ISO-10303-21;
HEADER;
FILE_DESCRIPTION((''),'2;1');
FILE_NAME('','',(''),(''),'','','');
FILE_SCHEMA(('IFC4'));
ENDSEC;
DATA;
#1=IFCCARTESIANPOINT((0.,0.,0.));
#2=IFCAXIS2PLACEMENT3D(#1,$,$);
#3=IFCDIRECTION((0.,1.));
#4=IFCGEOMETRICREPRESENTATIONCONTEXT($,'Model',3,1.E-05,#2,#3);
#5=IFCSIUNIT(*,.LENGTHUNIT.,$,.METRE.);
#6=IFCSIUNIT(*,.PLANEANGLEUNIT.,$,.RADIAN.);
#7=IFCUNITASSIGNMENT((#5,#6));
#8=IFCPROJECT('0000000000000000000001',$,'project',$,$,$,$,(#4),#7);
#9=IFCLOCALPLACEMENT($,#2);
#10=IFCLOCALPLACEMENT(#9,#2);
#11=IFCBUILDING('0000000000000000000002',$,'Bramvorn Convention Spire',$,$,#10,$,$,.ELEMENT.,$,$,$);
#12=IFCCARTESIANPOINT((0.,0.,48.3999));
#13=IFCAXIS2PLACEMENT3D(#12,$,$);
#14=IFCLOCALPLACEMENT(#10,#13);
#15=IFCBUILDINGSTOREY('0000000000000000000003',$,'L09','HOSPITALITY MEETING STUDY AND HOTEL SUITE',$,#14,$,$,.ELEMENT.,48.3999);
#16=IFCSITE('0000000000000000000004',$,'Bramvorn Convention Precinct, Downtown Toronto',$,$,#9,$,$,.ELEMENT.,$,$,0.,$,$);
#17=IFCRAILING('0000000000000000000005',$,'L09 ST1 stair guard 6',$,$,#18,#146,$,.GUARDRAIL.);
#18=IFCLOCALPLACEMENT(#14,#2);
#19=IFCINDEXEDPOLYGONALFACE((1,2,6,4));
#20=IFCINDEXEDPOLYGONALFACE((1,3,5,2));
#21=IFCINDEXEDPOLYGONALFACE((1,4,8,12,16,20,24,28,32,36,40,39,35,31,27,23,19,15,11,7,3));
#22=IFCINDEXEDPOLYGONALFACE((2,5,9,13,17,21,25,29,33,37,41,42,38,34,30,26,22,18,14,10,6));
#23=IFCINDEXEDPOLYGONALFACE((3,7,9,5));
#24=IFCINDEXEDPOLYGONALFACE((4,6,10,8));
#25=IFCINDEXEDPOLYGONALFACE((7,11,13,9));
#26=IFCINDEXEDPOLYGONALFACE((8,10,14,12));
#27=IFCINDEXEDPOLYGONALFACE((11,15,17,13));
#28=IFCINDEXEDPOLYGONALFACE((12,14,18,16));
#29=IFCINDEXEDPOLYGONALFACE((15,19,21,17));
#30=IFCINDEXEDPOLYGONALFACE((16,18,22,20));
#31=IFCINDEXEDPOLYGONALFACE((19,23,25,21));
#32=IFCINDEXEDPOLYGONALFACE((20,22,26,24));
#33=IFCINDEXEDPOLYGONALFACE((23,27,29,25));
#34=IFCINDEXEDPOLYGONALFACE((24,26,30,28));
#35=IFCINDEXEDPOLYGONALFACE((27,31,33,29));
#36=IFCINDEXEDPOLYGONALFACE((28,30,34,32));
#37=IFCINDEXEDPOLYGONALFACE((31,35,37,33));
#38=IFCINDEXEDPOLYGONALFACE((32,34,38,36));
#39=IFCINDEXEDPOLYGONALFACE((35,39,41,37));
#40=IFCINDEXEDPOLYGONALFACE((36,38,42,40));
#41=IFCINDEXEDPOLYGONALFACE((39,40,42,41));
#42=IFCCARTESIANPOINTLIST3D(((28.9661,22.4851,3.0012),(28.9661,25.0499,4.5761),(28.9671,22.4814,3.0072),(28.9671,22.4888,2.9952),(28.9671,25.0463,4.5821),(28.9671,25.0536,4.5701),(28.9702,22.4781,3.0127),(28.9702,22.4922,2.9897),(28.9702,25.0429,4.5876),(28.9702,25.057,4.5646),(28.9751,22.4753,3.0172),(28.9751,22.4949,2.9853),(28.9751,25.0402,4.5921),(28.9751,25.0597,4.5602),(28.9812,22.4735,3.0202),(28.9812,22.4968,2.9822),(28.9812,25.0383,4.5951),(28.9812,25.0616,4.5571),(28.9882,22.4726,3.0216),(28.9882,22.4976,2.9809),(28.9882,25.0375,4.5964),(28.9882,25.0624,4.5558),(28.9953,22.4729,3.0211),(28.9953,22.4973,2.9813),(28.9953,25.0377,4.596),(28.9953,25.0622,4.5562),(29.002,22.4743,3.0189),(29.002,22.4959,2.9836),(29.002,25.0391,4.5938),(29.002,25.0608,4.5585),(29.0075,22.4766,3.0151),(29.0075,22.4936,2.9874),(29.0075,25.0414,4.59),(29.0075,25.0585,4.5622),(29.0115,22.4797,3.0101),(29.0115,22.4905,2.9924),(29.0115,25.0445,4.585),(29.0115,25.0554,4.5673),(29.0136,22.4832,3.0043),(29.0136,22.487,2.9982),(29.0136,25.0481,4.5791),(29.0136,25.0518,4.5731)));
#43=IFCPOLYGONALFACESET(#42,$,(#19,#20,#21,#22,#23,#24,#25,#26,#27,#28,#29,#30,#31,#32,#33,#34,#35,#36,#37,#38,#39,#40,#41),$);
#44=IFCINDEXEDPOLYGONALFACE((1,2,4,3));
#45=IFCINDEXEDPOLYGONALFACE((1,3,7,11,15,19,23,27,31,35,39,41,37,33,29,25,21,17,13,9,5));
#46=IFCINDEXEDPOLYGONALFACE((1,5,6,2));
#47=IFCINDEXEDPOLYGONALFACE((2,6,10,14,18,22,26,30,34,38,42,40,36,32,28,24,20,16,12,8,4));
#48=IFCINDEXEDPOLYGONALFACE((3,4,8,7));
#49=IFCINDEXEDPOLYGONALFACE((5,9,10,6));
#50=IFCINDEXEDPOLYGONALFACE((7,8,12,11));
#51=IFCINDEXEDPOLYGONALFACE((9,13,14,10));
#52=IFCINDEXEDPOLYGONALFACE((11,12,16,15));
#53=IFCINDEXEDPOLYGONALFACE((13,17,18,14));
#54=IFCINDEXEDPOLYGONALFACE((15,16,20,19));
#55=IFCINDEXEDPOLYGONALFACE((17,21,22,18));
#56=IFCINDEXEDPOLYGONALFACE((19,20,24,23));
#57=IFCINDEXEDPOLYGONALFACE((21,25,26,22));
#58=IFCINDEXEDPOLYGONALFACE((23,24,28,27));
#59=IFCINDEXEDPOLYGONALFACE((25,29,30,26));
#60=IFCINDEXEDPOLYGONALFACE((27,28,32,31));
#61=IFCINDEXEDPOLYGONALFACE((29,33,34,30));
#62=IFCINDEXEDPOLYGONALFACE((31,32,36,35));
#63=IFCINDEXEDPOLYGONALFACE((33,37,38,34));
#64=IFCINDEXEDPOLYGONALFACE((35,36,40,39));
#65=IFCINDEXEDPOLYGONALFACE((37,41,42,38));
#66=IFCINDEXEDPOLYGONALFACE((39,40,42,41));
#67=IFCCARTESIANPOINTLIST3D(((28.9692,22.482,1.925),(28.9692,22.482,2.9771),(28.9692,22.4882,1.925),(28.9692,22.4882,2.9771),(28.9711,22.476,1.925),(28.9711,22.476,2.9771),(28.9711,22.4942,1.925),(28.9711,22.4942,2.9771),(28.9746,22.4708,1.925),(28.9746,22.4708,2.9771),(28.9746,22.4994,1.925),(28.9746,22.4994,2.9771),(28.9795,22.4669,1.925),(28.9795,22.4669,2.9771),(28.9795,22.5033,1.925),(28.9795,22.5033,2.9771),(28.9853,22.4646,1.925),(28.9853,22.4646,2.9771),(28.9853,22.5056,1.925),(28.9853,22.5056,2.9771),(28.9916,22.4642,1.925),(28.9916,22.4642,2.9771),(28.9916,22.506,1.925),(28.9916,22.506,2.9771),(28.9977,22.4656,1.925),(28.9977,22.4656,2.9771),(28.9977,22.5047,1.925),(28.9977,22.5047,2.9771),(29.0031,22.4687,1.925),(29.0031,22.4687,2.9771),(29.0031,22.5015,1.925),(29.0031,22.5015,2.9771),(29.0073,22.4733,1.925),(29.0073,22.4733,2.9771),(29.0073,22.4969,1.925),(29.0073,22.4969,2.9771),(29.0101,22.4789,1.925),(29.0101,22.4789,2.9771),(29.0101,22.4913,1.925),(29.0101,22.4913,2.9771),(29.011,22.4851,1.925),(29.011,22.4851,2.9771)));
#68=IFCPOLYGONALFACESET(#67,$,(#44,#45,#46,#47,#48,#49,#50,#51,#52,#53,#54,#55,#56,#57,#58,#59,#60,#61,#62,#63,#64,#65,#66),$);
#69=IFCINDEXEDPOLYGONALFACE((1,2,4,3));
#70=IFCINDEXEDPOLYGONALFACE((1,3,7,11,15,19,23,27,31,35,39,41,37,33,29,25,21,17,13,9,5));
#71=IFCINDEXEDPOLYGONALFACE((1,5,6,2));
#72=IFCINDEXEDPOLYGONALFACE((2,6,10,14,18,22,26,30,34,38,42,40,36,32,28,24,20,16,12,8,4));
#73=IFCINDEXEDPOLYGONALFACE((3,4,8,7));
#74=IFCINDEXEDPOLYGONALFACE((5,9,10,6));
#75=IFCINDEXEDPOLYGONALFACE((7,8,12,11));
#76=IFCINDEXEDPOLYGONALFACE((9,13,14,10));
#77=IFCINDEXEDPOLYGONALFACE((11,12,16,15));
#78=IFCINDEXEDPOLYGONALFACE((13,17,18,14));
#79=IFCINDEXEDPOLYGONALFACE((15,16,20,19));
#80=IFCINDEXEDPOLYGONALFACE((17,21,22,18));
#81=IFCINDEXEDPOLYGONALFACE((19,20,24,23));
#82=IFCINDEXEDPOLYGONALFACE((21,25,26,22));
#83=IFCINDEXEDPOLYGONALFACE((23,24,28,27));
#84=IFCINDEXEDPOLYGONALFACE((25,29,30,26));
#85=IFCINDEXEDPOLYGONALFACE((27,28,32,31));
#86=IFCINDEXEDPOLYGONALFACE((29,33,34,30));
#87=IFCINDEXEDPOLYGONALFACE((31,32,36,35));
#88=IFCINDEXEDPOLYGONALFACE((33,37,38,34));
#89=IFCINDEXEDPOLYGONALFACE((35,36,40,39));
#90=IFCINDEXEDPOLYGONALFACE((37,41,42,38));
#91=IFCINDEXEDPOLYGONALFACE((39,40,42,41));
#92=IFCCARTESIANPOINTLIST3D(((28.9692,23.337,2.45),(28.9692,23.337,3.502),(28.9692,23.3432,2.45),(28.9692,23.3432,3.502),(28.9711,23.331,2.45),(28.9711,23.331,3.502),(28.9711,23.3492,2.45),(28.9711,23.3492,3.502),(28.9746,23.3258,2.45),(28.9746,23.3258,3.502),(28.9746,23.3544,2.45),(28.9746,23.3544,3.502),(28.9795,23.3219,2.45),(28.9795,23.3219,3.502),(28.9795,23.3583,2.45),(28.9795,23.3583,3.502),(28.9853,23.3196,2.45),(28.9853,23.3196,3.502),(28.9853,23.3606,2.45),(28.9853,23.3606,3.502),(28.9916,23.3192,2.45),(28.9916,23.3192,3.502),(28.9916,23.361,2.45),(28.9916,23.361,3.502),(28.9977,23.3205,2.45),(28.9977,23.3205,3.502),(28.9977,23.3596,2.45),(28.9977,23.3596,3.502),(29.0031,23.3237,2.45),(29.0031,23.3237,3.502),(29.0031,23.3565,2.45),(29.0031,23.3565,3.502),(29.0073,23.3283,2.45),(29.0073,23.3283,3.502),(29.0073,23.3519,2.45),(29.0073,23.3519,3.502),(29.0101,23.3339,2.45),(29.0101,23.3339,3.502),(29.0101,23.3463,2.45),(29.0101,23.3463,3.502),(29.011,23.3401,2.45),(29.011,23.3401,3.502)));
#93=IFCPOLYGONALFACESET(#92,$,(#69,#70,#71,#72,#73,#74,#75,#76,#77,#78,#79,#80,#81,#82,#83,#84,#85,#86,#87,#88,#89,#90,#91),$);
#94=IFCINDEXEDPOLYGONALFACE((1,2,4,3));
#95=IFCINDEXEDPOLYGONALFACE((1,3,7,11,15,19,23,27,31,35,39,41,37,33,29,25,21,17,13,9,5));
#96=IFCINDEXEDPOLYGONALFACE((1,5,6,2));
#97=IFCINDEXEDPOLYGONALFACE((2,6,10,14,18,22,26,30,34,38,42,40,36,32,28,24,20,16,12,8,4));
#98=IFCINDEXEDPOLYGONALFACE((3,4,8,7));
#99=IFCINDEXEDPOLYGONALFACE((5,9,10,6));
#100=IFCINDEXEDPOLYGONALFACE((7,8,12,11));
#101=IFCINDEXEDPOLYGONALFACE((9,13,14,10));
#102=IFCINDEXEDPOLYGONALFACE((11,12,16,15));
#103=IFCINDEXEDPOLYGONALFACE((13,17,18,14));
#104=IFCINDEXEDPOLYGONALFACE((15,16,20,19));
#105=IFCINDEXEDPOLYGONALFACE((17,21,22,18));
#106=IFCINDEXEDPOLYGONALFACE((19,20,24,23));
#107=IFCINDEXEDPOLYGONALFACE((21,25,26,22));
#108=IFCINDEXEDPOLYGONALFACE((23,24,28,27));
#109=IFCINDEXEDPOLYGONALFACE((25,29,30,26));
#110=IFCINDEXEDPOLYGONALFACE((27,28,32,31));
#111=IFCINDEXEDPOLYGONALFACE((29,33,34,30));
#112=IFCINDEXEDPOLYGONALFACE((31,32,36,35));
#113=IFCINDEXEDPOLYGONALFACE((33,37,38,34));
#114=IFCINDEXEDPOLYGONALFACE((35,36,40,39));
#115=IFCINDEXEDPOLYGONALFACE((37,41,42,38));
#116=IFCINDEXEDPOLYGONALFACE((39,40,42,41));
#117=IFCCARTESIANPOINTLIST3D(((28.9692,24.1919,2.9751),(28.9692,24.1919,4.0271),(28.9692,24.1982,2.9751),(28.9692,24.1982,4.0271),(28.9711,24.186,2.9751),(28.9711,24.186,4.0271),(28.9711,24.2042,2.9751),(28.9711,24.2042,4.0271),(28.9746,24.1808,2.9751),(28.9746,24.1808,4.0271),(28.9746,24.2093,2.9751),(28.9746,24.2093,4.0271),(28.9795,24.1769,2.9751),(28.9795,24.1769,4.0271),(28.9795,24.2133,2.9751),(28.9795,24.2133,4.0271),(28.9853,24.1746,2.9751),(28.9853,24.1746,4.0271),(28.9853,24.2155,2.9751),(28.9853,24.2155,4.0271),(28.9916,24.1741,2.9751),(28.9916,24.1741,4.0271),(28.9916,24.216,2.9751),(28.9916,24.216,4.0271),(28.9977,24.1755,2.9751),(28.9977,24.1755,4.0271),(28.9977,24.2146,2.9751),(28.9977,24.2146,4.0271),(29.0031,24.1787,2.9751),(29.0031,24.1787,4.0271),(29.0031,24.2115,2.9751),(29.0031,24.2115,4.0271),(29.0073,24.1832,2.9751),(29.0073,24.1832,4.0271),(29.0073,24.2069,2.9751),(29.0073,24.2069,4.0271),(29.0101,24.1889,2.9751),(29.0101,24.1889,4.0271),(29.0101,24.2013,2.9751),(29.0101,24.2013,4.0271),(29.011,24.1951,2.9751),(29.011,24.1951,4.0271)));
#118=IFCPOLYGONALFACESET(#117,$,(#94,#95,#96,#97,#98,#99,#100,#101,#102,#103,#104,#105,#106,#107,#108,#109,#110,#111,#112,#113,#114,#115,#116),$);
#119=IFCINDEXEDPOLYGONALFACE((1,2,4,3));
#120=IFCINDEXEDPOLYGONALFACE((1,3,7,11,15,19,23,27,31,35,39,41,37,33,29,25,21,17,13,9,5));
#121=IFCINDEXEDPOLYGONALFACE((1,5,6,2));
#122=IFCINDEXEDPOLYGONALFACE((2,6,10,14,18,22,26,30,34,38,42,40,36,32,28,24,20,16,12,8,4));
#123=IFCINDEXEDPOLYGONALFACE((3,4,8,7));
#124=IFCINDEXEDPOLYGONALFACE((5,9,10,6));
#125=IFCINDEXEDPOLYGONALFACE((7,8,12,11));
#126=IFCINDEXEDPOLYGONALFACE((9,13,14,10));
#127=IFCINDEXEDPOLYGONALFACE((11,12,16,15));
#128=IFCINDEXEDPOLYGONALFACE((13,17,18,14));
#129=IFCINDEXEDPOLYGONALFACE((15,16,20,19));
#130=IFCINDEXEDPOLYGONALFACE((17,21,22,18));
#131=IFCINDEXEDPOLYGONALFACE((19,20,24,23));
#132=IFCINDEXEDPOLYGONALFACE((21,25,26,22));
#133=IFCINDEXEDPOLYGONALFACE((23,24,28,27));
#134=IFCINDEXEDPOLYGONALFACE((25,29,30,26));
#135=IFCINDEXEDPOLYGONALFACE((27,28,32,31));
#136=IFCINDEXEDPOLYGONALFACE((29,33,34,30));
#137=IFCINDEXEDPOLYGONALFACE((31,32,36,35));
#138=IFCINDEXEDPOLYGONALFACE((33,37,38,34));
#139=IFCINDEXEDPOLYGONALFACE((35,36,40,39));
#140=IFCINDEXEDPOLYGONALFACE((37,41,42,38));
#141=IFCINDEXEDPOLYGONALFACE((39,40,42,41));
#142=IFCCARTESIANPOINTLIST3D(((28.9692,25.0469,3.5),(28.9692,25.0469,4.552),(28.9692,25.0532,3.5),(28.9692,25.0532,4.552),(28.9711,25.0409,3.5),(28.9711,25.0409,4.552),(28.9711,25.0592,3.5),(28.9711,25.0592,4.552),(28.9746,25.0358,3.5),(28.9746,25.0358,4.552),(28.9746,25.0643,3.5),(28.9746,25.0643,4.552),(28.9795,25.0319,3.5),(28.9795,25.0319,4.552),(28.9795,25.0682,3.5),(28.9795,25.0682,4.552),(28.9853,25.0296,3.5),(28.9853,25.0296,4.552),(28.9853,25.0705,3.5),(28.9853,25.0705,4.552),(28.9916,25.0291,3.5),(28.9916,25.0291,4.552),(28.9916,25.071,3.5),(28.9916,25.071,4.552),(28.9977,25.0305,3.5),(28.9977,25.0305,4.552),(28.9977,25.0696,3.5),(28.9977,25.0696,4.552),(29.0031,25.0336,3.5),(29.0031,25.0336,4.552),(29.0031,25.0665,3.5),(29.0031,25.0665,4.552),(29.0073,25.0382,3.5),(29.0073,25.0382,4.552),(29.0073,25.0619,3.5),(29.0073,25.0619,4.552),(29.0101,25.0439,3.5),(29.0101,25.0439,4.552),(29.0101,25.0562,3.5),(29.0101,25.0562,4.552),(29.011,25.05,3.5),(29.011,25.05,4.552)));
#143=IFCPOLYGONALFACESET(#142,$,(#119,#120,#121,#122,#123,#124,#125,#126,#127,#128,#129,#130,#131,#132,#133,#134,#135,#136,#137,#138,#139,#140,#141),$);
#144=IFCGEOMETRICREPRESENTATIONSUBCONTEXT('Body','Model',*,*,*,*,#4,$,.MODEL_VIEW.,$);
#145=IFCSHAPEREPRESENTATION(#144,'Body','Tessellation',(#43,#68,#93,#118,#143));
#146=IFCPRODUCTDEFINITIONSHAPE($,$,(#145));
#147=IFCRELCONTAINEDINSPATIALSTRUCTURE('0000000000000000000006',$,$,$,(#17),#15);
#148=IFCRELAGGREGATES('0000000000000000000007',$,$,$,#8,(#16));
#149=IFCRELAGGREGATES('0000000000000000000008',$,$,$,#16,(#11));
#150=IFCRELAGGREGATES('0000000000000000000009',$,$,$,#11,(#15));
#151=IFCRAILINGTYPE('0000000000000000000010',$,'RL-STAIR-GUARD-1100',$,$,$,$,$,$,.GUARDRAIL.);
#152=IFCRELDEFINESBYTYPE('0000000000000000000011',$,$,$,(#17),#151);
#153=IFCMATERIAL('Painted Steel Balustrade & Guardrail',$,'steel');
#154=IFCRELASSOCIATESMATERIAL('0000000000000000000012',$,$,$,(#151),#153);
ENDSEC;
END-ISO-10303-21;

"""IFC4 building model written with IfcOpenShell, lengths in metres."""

from ifc_helpers import new_model, si_unit, direction, frame, origin, origin_2d, place, context, subcontext, project, spatial, circle, extrude, material, type_object, element, save


model = new_model("IFC4")

# Units and contexts
model_context = context("Model", 3, precision=1e-05, world=origin(), true_north=direction((0.0, 1.0)))
body_context = subcontext(model_context, "Body", "Model", "MODEL_VIEW")
ifc_project = project(units=[si_unit("LENGTHUNIT", "METRE"), si_unit("PLANEANGLEUNIT", "RADIAN")], contexts=[model_context])

# Site, building, storey
site_placement = place(None, origin())
site = spatial("IfcSite", under=ifc_project, at=site_placement, Name="Bramvorn Convention Precinct, Downtown Toronto", CompositionType="ELEMENT", RefElevation=0.0)
building_placement = place(site_placement, origin())
building = spatial("IfcBuilding", under=site, at=building_placement, Name="Bramvorn Convention Spire", CompositionType="ELEMENT")
storey_placement = place(building_placement, frame((0.0, 0.0, 48.3999)))
storey = spatial("IfcBuildingStorey", under=building, at=storey_placement, Name="L09", Description="HOSPITALITY MEETING STUDY AND HOTEL SUITE", CompositionType="ELEMENT", Elevation=48.3999)

# Railing
ifc_material_1 = material(Name="Painted Steel Balustrade & Guardrail", Category="steel")
railing_type_1 = type_object("IfcRailingType", Name="RL-STAIR-GUARD-1100", PredefinedType="GUARDRAIL", material=ifc_material_1)
railing_1_placement = place(storey_placement, frame((28.99, 22.4851, 1.925)))
element("IfcRailing", 1, at=railing_1_placement, inside=storey, type_object=railing_type_1, Name="L09 ST1 stair guard 6", PredefinedType="GUARDRAIL", context=body_context, shape_type="SweptSolid", body=[
    extrude(circle(Radius=0.0239, at=origin_2d()), frame((0.0, 0.0, 1.0762), z_axis=(0.0, 0.852173, 0.52326), x_axis=(-1.0, 0.0, 0.0)), (0.0, 0.0, 1.0), 3.0098),
    extrude(circle(Radius=0.021, at=origin_2d()), origin(), (0.0, 0.0, 1.0), 1.052),
    extrude(circle(Radius=0.021, at=origin_2d()), frame((0.0, 0.855, 0.5249)), (0.0, 0.0, 1.0), 1.052),
    extrude(circle(Radius=0.021, at=origin_2d()), frame((0.0, 1.71, 1.05)), (0.0, 0.0, 1.0), 1.052),
    extrude(circle(Radius=0.021, at=origin_2d()), frame((0.0, 2.5649, 1.575)), (0.0, 0.0, 1.0), 1.052),
])

save(model, "model.ifc")
